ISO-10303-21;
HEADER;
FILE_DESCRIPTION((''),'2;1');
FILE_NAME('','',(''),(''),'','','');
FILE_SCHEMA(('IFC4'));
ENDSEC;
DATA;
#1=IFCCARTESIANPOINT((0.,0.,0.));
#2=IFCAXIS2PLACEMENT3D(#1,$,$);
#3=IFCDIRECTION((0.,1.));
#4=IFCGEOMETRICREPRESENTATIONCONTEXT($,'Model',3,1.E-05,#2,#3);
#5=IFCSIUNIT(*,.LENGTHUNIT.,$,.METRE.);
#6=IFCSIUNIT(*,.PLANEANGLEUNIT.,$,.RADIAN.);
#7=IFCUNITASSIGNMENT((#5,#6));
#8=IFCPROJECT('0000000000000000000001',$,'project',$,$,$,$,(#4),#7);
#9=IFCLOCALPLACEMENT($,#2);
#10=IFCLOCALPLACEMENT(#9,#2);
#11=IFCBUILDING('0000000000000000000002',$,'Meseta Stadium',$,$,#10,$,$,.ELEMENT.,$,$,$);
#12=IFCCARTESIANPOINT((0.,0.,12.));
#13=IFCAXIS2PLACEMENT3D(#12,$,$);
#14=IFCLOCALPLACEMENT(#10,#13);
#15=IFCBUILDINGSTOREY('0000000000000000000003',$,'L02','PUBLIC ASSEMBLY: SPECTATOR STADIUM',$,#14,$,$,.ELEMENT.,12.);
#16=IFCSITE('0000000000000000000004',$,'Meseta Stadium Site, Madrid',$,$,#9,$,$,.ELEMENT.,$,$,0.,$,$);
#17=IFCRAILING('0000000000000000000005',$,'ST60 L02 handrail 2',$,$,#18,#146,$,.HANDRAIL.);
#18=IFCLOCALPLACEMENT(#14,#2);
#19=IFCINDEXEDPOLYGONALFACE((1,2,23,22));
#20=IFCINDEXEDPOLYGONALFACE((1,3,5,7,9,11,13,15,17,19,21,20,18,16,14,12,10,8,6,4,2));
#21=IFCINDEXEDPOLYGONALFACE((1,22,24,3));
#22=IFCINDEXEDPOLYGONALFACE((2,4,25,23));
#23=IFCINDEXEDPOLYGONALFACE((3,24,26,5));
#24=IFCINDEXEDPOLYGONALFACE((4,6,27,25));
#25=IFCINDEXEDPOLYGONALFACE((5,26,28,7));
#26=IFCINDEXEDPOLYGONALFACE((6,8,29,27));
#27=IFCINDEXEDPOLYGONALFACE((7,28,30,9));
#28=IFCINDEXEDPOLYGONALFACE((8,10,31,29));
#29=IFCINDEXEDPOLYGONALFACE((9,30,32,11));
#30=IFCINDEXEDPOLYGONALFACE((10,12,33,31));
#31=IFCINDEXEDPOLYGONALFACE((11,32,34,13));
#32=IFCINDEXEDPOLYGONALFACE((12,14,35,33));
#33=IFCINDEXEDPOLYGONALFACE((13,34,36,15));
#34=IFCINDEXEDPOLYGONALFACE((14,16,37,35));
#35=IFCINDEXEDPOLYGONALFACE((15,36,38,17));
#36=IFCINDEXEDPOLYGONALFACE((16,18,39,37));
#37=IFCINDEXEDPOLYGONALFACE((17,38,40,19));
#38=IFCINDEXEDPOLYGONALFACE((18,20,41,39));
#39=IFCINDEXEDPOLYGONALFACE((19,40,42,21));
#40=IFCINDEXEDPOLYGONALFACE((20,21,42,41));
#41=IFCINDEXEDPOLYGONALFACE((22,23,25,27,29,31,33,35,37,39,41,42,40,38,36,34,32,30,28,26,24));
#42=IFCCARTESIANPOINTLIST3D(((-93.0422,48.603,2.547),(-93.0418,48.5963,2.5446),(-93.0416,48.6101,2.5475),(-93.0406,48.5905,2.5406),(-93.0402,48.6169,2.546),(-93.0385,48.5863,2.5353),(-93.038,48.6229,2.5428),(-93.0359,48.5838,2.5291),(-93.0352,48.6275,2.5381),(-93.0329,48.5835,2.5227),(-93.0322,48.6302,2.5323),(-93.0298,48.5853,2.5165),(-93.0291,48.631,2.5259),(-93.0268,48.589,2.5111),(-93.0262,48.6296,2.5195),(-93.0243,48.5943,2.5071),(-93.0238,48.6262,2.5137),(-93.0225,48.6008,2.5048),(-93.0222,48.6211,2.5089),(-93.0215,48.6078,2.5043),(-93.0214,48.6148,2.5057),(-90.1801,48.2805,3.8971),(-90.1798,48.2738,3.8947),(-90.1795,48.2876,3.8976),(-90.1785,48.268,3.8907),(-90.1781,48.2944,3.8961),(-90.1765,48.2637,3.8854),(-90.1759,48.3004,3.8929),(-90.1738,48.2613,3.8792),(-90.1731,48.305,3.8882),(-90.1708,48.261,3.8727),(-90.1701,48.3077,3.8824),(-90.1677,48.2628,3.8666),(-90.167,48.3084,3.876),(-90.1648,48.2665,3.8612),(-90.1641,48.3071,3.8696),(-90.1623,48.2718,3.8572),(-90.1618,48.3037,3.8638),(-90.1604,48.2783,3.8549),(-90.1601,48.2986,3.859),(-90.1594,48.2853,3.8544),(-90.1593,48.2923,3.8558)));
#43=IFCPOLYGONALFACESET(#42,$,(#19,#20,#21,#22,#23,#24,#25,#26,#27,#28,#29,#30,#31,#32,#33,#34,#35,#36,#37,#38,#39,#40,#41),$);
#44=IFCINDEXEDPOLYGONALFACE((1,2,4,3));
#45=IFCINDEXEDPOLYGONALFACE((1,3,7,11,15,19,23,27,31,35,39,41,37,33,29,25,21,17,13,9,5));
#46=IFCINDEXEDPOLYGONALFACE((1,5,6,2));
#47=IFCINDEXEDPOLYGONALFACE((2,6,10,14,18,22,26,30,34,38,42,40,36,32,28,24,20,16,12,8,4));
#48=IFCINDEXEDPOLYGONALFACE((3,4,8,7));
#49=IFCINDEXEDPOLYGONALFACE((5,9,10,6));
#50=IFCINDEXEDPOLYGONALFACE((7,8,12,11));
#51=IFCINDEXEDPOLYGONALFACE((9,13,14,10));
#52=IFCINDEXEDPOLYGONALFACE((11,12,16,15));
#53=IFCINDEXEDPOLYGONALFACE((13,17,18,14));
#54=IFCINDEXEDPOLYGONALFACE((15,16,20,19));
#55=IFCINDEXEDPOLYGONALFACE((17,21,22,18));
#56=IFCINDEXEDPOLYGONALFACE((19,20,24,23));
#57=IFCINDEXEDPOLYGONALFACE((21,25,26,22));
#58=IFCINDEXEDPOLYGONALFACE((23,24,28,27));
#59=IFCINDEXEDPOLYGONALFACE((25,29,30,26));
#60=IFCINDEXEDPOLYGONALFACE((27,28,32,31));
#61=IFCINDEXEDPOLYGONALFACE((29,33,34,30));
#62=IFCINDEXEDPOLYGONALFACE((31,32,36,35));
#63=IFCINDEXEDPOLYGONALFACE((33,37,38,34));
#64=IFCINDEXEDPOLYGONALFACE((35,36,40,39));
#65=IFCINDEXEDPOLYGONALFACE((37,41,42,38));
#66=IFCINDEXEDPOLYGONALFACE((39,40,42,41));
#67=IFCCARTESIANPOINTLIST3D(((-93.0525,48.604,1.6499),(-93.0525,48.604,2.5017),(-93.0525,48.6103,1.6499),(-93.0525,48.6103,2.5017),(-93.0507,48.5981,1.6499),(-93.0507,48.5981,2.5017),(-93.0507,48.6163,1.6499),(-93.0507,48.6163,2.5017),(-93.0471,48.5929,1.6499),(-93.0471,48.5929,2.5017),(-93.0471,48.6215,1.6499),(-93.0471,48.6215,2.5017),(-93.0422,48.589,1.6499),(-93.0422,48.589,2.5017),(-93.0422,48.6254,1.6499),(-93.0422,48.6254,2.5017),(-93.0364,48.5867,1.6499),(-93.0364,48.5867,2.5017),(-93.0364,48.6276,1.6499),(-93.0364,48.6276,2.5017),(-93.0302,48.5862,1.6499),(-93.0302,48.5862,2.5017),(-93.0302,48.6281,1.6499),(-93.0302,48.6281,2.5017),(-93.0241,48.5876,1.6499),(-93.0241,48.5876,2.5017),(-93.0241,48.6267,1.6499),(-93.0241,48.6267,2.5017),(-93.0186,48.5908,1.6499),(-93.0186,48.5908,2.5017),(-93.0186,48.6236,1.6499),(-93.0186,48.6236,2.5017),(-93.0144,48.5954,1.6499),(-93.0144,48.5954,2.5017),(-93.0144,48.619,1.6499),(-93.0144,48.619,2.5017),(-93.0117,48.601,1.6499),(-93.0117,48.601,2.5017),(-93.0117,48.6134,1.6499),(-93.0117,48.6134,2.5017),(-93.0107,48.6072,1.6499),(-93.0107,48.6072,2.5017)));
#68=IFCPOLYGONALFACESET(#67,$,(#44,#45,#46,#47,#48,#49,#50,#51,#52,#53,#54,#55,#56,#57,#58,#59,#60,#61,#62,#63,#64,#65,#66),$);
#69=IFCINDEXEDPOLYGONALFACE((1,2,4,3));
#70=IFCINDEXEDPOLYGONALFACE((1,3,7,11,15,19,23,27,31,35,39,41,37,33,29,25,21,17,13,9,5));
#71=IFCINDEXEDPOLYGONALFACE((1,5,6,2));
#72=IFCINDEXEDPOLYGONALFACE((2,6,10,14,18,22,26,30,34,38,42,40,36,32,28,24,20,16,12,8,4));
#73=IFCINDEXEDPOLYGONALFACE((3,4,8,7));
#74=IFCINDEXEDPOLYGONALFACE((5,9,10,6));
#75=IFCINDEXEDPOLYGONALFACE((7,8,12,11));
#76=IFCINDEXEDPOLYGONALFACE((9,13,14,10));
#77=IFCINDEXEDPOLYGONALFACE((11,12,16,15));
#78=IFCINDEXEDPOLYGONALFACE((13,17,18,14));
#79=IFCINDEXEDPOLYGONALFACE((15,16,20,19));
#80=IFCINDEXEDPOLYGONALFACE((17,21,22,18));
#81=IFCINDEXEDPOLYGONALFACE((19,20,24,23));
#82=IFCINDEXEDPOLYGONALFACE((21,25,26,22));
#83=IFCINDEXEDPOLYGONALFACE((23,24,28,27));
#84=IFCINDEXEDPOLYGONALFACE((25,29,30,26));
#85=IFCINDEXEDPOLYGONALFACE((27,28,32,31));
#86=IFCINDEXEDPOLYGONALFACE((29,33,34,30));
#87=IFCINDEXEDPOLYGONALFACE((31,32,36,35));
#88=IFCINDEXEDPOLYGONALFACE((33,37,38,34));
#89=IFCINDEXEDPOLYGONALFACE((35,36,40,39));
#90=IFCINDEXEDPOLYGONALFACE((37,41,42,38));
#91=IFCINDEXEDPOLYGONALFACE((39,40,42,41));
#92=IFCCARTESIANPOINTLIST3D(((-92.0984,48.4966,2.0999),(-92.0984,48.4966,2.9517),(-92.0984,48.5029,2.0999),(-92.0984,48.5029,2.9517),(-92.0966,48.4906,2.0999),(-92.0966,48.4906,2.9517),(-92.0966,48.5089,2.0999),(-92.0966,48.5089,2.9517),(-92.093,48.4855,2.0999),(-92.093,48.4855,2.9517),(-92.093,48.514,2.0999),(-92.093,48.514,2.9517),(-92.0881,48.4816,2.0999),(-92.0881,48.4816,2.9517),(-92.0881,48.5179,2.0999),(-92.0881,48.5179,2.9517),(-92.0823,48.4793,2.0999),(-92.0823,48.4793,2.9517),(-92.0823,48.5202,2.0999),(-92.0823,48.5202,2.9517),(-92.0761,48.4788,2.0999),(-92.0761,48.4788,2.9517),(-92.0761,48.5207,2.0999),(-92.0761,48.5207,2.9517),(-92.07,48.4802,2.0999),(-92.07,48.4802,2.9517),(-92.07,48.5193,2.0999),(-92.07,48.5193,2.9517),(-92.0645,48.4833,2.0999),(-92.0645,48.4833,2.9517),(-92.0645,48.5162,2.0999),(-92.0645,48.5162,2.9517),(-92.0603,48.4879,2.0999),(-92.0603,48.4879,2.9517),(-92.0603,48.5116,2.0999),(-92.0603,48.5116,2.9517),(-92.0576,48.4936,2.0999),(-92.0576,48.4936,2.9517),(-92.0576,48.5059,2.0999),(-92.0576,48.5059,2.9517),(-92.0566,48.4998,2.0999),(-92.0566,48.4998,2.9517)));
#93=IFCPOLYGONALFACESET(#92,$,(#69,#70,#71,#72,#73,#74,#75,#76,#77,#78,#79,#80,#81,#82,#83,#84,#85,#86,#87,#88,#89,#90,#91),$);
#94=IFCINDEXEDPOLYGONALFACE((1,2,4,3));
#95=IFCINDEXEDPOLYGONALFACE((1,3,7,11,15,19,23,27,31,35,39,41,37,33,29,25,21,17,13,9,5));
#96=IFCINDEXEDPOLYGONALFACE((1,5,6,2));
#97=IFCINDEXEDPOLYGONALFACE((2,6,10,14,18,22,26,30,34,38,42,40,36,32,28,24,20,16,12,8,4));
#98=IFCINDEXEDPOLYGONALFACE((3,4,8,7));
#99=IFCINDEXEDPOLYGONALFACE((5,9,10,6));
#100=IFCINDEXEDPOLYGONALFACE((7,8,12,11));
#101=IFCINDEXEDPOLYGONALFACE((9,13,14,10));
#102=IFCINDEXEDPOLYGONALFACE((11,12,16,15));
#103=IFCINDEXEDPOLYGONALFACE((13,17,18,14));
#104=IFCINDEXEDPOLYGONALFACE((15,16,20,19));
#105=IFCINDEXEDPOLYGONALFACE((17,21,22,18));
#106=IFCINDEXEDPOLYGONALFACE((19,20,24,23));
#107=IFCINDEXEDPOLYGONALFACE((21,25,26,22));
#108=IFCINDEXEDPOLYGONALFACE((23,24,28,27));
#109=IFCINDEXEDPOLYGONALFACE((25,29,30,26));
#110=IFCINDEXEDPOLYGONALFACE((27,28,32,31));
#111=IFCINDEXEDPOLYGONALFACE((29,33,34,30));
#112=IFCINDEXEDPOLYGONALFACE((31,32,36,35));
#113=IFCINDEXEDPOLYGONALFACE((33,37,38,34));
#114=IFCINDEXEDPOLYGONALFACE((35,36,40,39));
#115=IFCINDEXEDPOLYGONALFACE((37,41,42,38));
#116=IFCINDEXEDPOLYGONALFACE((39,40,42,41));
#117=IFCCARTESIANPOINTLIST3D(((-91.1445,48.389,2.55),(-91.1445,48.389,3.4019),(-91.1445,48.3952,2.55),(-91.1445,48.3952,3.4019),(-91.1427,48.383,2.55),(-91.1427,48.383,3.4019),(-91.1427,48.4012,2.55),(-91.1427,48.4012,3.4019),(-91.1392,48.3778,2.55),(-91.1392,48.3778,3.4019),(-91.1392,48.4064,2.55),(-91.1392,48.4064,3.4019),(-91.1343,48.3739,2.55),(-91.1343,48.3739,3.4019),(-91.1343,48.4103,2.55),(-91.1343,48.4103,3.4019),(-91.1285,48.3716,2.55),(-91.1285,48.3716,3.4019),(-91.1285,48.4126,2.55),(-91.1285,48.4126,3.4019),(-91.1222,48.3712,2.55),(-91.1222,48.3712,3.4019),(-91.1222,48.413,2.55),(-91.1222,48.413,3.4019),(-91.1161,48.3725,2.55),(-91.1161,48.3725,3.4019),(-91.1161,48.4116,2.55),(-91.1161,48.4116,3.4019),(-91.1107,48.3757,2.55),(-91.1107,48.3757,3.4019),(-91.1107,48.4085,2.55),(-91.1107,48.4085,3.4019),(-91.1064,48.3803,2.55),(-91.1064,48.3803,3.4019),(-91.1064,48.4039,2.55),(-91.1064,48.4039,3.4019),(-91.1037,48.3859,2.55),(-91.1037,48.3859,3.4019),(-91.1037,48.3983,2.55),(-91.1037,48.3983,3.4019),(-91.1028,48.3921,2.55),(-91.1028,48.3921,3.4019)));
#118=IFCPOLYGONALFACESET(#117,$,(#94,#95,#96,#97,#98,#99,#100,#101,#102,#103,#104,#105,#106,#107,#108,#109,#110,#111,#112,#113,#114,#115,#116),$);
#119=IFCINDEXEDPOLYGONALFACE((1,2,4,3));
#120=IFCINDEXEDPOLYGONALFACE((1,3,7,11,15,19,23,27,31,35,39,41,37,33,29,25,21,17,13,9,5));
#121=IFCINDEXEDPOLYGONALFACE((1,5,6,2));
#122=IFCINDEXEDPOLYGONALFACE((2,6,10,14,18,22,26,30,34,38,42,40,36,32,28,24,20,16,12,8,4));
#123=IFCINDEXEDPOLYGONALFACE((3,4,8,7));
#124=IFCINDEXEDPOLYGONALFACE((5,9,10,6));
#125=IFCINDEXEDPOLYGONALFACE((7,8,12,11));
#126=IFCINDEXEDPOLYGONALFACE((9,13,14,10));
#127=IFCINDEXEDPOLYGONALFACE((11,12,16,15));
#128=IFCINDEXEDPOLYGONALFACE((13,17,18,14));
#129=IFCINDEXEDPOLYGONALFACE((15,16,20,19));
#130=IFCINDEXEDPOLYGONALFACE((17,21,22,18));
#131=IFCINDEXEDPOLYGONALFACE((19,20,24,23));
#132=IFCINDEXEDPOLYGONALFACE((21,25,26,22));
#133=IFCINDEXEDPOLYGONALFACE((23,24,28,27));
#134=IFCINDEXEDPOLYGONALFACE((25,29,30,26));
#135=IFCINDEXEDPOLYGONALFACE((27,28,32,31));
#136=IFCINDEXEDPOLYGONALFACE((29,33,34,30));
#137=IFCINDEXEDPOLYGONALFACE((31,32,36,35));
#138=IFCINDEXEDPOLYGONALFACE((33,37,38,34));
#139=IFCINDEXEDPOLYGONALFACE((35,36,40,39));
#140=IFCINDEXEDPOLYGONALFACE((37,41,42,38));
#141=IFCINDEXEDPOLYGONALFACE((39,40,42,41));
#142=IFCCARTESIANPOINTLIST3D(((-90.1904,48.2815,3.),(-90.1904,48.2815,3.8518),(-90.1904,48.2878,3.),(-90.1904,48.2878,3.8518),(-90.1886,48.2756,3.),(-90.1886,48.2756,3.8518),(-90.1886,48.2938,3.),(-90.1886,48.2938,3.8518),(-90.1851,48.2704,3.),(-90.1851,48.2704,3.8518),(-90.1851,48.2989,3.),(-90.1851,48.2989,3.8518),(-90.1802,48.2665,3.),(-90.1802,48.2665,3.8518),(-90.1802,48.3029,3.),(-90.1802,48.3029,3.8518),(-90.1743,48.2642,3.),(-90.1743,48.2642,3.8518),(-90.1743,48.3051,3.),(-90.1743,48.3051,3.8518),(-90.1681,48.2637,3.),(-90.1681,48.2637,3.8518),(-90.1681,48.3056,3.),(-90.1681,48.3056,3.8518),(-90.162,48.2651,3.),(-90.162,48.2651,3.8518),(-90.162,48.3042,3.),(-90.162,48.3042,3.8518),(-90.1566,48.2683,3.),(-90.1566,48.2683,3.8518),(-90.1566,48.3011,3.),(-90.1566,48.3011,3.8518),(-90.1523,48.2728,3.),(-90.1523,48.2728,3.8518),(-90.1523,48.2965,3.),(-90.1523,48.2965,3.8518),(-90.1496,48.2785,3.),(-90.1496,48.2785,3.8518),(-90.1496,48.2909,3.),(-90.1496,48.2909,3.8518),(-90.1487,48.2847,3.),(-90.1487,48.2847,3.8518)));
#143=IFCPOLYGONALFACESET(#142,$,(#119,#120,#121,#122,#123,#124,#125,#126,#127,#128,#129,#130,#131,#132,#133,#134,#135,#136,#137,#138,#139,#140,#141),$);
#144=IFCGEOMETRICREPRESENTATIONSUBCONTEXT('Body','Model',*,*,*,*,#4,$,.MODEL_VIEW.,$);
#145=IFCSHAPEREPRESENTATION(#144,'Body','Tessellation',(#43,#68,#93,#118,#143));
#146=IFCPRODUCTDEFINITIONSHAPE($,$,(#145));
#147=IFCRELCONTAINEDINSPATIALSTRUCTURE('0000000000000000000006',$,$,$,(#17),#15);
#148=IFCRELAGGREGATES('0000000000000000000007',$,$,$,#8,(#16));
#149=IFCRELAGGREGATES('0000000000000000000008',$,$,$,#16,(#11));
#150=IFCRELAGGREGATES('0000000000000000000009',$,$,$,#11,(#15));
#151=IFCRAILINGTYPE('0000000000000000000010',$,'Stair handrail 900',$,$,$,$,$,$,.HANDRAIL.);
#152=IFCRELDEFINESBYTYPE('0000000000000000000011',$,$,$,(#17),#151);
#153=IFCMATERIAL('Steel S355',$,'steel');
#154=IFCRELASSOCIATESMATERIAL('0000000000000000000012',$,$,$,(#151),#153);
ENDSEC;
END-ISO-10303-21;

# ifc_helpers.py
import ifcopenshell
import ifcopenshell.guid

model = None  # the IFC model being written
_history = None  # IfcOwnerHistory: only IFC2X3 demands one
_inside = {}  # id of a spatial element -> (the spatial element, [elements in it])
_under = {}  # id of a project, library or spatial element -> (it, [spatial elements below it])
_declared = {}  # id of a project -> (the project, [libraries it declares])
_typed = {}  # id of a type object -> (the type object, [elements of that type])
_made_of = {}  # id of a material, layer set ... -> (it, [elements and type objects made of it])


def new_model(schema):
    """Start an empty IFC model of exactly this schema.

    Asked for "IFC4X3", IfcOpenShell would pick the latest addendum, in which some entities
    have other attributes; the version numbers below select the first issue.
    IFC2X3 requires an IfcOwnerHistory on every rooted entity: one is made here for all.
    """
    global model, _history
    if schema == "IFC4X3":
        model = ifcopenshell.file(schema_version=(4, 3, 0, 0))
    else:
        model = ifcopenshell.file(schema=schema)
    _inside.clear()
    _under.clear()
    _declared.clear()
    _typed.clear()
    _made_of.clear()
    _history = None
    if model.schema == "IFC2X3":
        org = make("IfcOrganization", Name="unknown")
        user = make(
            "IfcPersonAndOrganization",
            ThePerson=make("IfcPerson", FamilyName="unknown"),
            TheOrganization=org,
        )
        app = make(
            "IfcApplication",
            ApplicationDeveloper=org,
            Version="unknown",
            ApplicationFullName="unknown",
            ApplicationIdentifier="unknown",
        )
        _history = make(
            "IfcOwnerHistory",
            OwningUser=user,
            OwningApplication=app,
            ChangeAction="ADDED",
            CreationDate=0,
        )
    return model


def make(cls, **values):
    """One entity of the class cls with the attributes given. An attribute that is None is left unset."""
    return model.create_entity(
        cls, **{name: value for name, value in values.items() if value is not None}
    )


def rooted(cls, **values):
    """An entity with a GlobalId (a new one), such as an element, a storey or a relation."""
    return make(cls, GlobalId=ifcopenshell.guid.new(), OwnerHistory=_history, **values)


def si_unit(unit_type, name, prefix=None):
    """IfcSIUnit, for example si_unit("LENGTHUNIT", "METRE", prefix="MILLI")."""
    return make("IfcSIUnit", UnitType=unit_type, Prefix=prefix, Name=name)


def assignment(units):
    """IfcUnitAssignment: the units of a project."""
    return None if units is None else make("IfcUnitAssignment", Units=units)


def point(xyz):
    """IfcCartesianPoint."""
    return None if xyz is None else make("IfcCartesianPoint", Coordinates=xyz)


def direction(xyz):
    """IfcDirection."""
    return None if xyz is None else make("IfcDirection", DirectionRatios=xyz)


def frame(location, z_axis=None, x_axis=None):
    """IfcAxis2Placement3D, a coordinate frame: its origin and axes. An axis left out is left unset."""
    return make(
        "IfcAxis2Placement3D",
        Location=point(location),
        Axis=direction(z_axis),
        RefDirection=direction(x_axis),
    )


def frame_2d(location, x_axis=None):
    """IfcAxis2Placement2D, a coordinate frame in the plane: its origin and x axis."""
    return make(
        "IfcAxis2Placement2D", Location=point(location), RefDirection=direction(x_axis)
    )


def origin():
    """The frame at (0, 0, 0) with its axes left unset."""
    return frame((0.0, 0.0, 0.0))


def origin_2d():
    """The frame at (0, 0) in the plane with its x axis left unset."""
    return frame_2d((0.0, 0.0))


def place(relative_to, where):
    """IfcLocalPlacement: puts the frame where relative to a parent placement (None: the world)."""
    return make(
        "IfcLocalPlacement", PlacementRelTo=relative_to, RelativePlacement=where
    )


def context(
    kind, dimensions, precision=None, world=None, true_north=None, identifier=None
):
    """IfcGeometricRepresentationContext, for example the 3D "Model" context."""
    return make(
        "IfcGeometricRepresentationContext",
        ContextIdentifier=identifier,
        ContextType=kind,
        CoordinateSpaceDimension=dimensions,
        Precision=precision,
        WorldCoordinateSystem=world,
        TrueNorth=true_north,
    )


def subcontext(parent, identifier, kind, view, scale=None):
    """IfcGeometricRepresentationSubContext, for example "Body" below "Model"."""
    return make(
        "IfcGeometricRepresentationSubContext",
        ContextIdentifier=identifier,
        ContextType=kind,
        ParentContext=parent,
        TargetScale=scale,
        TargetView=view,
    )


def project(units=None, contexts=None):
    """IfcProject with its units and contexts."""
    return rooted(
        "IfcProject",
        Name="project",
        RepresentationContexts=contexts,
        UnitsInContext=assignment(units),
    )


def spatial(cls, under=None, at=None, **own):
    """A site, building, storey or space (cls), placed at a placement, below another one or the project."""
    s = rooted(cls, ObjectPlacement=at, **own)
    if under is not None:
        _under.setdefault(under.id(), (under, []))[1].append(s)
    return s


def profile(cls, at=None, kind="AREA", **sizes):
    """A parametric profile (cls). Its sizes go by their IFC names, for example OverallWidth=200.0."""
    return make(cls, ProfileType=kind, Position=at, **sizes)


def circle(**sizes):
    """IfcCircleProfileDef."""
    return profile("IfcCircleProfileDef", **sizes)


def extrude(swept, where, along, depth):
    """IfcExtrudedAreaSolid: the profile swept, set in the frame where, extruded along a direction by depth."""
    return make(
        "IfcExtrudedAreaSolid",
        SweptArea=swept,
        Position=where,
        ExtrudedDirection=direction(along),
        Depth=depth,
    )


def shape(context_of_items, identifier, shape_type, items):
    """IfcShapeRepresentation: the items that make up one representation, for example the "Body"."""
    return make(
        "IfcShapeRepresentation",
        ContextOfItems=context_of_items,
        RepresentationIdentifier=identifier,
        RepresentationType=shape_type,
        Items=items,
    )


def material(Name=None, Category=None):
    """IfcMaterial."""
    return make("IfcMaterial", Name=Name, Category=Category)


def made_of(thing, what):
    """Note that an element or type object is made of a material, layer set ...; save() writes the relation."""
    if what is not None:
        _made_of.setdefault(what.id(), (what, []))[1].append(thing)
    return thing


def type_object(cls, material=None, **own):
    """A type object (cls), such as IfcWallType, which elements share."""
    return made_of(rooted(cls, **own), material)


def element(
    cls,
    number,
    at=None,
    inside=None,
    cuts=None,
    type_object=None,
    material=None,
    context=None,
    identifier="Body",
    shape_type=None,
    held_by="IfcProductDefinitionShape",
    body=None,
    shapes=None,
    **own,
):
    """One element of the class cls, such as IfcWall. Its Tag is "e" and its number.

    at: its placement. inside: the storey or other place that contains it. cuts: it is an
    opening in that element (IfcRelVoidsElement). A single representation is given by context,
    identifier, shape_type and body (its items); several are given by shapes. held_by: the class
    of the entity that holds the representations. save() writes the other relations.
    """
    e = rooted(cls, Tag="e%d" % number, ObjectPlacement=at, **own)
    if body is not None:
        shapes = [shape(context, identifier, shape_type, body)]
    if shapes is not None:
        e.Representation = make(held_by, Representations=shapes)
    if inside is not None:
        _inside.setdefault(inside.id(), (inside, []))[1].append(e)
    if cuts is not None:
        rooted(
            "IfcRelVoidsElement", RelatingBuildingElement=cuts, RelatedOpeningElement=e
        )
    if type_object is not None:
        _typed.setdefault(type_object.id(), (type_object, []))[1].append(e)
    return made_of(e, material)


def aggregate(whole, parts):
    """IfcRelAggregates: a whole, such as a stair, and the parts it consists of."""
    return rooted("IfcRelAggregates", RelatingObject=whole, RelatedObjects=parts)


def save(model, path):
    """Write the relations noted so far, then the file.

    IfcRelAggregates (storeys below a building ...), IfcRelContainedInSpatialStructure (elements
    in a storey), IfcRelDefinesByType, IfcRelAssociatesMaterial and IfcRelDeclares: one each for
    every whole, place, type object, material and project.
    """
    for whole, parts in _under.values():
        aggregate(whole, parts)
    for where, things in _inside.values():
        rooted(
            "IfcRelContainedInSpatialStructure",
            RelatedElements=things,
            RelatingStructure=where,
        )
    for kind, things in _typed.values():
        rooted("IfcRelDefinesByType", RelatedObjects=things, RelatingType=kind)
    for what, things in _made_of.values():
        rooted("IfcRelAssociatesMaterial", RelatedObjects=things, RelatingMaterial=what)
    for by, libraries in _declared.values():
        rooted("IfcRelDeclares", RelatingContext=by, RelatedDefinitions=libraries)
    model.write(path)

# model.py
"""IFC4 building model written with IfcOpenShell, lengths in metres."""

from ifc_helpers import new_model, si_unit, direction, frame, origin, origin_2d, place, context, subcontext, project, spatial, circle, extrude, material, type_object, element, save


model = new_model("IFC4")

# Units and contexts
model_context = context("Model", 3, precision=1e-05, world=origin(), true_north=direction((0.0, 1.0)))
body_context = subcontext(model_context, "Body", "Model", "MODEL_VIEW")
ifc_project = project(units=[si_unit("LENGTHUNIT", "METRE"), si_unit("PLANEANGLEUNIT", "RADIAN")], contexts=[model_context])

# Site, building, storey
site_placement = place(None, origin())
site = spatial("IfcSite", under=ifc_project, at=site_placement, Name="Meseta Stadium Site, Madrid", CompositionType="ELEMENT", RefElevation=0.0)
building_placement = place(site_placement, origin())
building = spatial("IfcBuilding", under=site, at=building_placement, Name="Meseta Stadium", CompositionType="ELEMENT")
storey_placement = place(building_placement, frame((0.0, 0.0, 12.0)))
storey = spatial("IfcBuildingStorey", under=building, at=storey_placement, Name="L02", Description="PUBLIC ASSEMBLY: SPECTATOR STADIUM", CompositionType="ELEMENT", Elevation=12.0)

# Railing
ifc_material_1 = material(Name="Steel S355", Category="steel")
railing_type_1 = type_object("IfcRailingType", Name="Stair handrail 900", PredefinedType="HANDRAIL", material=ifc_material_1)
for number, where, name in (
    (1, (-93.0317, 48.6072, 1.6499), "ST60 L02 handrail 2"),
):
    element("IfcRailing", number, at=place(storey_placement, frame(where)), inside=storey, type_object=railing_type_1, Name=name, PredefinedType="HANDRAIL", context=body_context, shape_type="SweptSolid", body=[
        extrude(circle(Radius=0.0239, at=origin_2d()), frame((0.0, 0.0, 0.876), z_axis=(0.899763, -0.101389, 0.424438), x_axis=(0.111976, 0.993711, 0.0)), (0.0, 0.0, 1.0), 3.1809),
        extrude(circle(Radius=0.021, at=origin_2d()), origin(), (0.0, 0.0, 1.0), 0.8518),
        extrude(circle(Radius=0.021, at=origin_2d()), frame((0.9541, -0.1074, 0.45)), (0.0, 0.0, 1.0), 0.8518),
        extrude(circle(Radius=0.021, at=origin_2d()), frame((1.908, -0.2151, 0.9001)), (0.0, 0.0, 1.0), 0.8518),
        extrude(circle(Radius=0.021, at=origin_2d()), frame((2.8621, -0.3225, 1.3501)), (0.0, 0.0, 1.0), 0.8518),
    ])

save(model, "model.ifc")
